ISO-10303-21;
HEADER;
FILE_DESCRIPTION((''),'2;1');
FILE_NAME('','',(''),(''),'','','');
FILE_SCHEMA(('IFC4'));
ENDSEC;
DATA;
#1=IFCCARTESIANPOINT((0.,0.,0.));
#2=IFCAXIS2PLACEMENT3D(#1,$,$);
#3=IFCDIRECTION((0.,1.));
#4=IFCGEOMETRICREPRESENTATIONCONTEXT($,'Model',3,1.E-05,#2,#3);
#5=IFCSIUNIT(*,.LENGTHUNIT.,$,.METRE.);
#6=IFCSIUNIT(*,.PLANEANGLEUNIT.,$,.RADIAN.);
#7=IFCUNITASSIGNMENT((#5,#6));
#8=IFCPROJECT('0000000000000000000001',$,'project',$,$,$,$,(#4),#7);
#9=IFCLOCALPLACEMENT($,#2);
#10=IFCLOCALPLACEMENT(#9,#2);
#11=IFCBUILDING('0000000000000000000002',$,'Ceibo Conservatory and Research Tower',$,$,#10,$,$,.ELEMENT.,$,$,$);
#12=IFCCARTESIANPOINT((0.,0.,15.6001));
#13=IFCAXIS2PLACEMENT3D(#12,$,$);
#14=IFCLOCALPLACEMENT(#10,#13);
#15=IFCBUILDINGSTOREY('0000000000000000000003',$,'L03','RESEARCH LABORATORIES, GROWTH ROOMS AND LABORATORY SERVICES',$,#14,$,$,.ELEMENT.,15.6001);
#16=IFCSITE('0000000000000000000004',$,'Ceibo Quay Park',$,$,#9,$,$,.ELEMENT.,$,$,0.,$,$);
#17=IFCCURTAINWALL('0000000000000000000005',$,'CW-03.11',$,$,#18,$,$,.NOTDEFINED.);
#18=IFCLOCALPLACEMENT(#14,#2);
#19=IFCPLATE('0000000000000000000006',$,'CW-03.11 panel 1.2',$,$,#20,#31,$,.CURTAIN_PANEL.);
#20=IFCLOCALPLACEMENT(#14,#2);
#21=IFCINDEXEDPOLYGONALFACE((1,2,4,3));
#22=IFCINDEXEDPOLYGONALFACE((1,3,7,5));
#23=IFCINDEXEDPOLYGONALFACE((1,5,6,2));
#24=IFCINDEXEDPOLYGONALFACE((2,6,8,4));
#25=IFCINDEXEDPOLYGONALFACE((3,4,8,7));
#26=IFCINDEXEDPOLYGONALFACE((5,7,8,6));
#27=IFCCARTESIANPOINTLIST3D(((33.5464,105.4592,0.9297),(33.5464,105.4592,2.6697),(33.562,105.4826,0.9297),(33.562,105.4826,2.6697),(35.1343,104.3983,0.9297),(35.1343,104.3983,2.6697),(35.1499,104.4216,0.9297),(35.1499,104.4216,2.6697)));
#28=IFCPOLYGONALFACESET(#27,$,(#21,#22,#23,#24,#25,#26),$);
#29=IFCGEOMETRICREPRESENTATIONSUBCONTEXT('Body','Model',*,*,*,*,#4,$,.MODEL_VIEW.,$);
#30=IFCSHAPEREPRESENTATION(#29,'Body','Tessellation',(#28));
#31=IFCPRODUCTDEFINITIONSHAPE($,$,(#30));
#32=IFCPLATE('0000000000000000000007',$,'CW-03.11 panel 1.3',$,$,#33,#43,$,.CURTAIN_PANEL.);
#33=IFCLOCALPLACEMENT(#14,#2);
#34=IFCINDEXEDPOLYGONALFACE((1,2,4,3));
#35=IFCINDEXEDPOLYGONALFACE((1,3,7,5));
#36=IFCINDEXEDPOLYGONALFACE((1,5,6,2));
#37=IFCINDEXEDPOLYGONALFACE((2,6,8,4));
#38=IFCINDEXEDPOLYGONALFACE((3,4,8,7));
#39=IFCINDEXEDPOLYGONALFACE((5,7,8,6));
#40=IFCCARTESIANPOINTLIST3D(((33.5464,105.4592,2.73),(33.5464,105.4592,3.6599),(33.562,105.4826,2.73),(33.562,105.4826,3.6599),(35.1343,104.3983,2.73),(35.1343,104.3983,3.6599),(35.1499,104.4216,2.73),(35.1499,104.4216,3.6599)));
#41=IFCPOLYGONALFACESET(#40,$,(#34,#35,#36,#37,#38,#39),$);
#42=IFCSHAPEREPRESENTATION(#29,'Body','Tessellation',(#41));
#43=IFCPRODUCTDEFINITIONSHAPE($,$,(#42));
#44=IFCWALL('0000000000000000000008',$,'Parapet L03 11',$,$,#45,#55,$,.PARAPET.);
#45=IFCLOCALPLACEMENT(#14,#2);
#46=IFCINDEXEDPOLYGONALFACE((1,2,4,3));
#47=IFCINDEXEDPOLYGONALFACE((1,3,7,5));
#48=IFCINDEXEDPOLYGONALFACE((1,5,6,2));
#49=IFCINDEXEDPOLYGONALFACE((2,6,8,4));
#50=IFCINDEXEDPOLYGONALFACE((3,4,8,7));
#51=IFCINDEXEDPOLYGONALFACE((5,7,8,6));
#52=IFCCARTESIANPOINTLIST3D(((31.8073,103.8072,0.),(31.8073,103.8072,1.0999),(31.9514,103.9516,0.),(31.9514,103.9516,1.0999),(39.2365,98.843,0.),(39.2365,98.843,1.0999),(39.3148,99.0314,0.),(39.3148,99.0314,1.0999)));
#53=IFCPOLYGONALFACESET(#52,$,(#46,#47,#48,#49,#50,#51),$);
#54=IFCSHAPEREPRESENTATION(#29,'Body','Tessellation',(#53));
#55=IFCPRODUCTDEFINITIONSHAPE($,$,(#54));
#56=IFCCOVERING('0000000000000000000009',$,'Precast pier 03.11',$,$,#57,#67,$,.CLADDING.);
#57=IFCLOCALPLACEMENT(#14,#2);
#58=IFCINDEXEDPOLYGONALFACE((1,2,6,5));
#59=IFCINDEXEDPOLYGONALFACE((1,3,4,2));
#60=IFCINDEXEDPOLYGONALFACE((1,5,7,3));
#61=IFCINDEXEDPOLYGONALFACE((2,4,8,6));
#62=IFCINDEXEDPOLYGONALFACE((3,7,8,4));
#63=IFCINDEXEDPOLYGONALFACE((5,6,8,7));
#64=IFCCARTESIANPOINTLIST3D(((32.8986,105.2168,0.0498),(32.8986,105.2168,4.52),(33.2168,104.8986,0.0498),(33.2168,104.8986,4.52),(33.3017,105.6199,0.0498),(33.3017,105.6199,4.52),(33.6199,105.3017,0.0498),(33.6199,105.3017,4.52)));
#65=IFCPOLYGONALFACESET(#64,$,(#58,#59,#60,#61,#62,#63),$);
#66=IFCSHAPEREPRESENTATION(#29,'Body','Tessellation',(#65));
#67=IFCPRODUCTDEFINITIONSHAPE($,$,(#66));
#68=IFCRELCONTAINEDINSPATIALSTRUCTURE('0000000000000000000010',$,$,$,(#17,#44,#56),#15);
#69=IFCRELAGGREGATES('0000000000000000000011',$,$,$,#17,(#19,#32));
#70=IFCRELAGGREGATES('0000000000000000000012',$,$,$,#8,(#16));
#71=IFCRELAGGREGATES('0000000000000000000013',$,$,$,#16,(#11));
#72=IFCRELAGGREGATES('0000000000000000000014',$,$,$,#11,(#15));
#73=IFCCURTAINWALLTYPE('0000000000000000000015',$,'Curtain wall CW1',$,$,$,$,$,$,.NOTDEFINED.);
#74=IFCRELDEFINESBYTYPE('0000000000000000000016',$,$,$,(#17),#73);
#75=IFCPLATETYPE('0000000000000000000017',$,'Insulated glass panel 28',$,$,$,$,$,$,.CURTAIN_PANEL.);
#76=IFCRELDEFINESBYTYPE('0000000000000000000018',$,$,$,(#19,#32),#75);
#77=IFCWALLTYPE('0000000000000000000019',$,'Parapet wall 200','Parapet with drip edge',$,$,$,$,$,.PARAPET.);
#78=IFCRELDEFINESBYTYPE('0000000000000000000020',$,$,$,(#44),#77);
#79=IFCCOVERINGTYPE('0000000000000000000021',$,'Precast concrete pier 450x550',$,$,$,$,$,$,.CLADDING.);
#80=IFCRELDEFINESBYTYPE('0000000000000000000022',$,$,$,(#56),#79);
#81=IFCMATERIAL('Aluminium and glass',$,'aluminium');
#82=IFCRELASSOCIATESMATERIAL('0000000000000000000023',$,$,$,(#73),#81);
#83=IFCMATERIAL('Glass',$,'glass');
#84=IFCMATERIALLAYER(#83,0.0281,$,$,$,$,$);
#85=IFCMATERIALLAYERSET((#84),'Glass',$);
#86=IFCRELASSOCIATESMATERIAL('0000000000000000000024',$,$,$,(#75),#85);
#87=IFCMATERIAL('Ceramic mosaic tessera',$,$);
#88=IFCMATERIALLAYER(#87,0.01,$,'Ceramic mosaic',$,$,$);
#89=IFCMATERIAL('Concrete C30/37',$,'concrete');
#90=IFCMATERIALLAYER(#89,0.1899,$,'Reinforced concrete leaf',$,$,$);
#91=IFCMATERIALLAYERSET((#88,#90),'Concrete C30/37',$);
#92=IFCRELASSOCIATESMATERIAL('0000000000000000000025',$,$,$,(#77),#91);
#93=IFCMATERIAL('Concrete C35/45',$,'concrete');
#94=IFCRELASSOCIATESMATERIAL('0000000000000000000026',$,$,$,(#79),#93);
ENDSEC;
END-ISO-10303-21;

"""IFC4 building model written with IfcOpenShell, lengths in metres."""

from ifc_helpers import new_model, si_unit, direction, frame, origin, origin_2d, place, context, subcontext, project, spatial, polyline, rectangle, outline, extrude, material, layer, layer_set, type_object, element, aggregate, save


model = new_model("IFC4")

# Units and contexts
model_context = context("Model", 3, precision=1e-05, world=origin(), true_north=direction((0.0, 1.0)))
body_context = subcontext(model_context, "Body", "Model", "MODEL_VIEW")
ifc_project = project(units=[si_unit("LENGTHUNIT", "METRE"), si_unit("PLANEANGLEUNIT", "RADIAN")], contexts=[model_context])

# Site, building, storey
site_placement = place(None, origin())
site = spatial("IfcSite", under=ifc_project, at=site_placement, Name="Ceibo Quay Park", CompositionType="ELEMENT", RefElevation=0.0)
building_placement = place(site_placement, origin())
building = spatial("IfcBuilding", under=site, at=building_placement, Name="Ceibo Conservatory and Research Tower", CompositionType="ELEMENT")
storey_placement = place(building_placement, frame((0.0, 0.0, 15.6001)))
storey = spatial("IfcBuildingStorey", under=building, at=storey_placement, Name="L03", Description="RESEARCH LABORATORIES, GROWTH ROOMS AND LABORATORY SERVICES", CompositionType="ELEMENT", Elevation=15.6001)

# Shared definitions
ifc_material_1 = material(Name="Concrete C35/45", Category="concrete")

# Curtain wall
ifc_material_2 = material(Name="Aluminium and glass", Category="aluminium")
curtain_wall_type = type_object("IfcCurtainWallType", Name="Curtain wall CW1", PredefinedType="NOTDEFINED", material=ifc_material_2)
curtain_wall_1_placement = place(storey_placement, origin())
curtain_wall_1 = element("IfcCurtainWall", 1, at=curtain_wall_1_placement, inside=storey, type_object=curtain_wall_type, Name="CW-03.11", PredefinedType="NOTDEFINED")

# Plates
ifc_material_3 = material(Name="Glass", Category="glass")
ifc_layer_1 = layer(ifc_material_3, 0.0281)
ifc_layer_set_1 = layer_set([ifc_layer_1], Name="Glass")
plate_type = type_object("IfcPlateType", Name="Insulated glass panel 28", PredefinedType="CURTAIN_PANEL", material=ifc_layer_set_1)
plate_1_placement = place(storey_placement, frame((34.3481, 104.9404, 0.9297), z_axis=(0.0, 0.0, 1.0), x_axis=(0.83147, -0.55557, 0.0)))
plate_1 = element("IfcPlate", 2, at=plate_1_placement, type_object=plate_type, Name="CW-03.11 panel 1.2", PredefinedType="CURTAIN_PANEL", context=body_context, shape_type="SweptSolid", body=[
    extrude(rectangle(XDim=1.9097, YDim=0.0281, at=origin_2d()), origin(), (0.0, 0.0, 1.0), 1.74),
])
plate_2_placement = place(storey_placement, frame((34.3481, 104.9404, 2.73), z_axis=(0.0, 0.0, 1.0), x_axis=(0.83147, -0.55557, 0.0)))
plate_2 = element("IfcPlate", 3, at=plate_2_placement, type_object=plate_type, Name="CW-03.11 panel 1.3", PredefinedType="CURTAIN_PANEL", context=body_context, shape_type="SweptSolid", body=[
    extrude(rectangle(XDim=1.9097, YDim=0.0281, at=origin_2d()), origin(), (0.0, 0.0, 1.0), 0.9299),
])
aggregate(curtain_wall_1, [plate_1, plate_2])

# Wall
ifc_material_4 = material(Name="Ceramic mosaic tessera")
ifc_layer_2 = layer(ifc_material_4, 0.01, Name="Ceramic mosaic")
ifc_material_5 = material(Name="Concrete C30/37", Category="concrete")
ifc_layer_3 = layer(ifc_material_5, 0.1899, Name="Reinforced concrete leaf")
ifc_layer_set_2 = layer_set([ifc_layer_2, ifc_layer_3], Name="Concrete C30/37")
wall_type = type_object("IfcWallType", Name="Parapet wall 200", Description="Parapet with drip edge", PredefinedType="PARAPET", material=ifc_layer_set_2)
wall_placement = place(storey_placement, frame((31.8794, 103.8794, 0.0), z_axis=(0.0, 0.0, 1.0), x_axis=(0.831463, -0.55558, 0.0)))
element("IfcWall", 4, at=wall_placement, inside=storey, type_object=wall_type, Name="Parapet L03 11", PredefinedType="PARAPET", context=body_context, shape_type="SweptSolid", body=[
    extrude(outline(polyline([(-0.0198, -0.1001), (8.9153, -0.1001), (8.8757, 0.1001), (0.0198, 0.1001), (-0.0198, -0.1001)])), origin(), (0.0, 0.0, 1.0), 1.0999),
])

# Covering
covering_type = type_object("IfcCoveringType", Name="Precast concrete pier 450x550", PredefinedType="CLADDING", material=ifc_material_1)
covering_placement = place(storey_placement, frame((33.2593, 105.2593, 0.0498), z_axis=(0.0, 0.0, 1.0), x_axis=(-0.707107, -0.707107, 0.0)))
element("IfcCovering", 5, at=covering_placement, inside=storey, type_object=covering_type, Name="Precast pier 03.11", PredefinedType="CLADDING", context=body_context, shape_type="SweptSolid", body=[
    extrude(rectangle(XDim=0.5701, YDim=0.45, at=origin_2d()), origin(), (0.0, 0.0, 1.0), 4.4702),
])

save(model, "model.ifc")
